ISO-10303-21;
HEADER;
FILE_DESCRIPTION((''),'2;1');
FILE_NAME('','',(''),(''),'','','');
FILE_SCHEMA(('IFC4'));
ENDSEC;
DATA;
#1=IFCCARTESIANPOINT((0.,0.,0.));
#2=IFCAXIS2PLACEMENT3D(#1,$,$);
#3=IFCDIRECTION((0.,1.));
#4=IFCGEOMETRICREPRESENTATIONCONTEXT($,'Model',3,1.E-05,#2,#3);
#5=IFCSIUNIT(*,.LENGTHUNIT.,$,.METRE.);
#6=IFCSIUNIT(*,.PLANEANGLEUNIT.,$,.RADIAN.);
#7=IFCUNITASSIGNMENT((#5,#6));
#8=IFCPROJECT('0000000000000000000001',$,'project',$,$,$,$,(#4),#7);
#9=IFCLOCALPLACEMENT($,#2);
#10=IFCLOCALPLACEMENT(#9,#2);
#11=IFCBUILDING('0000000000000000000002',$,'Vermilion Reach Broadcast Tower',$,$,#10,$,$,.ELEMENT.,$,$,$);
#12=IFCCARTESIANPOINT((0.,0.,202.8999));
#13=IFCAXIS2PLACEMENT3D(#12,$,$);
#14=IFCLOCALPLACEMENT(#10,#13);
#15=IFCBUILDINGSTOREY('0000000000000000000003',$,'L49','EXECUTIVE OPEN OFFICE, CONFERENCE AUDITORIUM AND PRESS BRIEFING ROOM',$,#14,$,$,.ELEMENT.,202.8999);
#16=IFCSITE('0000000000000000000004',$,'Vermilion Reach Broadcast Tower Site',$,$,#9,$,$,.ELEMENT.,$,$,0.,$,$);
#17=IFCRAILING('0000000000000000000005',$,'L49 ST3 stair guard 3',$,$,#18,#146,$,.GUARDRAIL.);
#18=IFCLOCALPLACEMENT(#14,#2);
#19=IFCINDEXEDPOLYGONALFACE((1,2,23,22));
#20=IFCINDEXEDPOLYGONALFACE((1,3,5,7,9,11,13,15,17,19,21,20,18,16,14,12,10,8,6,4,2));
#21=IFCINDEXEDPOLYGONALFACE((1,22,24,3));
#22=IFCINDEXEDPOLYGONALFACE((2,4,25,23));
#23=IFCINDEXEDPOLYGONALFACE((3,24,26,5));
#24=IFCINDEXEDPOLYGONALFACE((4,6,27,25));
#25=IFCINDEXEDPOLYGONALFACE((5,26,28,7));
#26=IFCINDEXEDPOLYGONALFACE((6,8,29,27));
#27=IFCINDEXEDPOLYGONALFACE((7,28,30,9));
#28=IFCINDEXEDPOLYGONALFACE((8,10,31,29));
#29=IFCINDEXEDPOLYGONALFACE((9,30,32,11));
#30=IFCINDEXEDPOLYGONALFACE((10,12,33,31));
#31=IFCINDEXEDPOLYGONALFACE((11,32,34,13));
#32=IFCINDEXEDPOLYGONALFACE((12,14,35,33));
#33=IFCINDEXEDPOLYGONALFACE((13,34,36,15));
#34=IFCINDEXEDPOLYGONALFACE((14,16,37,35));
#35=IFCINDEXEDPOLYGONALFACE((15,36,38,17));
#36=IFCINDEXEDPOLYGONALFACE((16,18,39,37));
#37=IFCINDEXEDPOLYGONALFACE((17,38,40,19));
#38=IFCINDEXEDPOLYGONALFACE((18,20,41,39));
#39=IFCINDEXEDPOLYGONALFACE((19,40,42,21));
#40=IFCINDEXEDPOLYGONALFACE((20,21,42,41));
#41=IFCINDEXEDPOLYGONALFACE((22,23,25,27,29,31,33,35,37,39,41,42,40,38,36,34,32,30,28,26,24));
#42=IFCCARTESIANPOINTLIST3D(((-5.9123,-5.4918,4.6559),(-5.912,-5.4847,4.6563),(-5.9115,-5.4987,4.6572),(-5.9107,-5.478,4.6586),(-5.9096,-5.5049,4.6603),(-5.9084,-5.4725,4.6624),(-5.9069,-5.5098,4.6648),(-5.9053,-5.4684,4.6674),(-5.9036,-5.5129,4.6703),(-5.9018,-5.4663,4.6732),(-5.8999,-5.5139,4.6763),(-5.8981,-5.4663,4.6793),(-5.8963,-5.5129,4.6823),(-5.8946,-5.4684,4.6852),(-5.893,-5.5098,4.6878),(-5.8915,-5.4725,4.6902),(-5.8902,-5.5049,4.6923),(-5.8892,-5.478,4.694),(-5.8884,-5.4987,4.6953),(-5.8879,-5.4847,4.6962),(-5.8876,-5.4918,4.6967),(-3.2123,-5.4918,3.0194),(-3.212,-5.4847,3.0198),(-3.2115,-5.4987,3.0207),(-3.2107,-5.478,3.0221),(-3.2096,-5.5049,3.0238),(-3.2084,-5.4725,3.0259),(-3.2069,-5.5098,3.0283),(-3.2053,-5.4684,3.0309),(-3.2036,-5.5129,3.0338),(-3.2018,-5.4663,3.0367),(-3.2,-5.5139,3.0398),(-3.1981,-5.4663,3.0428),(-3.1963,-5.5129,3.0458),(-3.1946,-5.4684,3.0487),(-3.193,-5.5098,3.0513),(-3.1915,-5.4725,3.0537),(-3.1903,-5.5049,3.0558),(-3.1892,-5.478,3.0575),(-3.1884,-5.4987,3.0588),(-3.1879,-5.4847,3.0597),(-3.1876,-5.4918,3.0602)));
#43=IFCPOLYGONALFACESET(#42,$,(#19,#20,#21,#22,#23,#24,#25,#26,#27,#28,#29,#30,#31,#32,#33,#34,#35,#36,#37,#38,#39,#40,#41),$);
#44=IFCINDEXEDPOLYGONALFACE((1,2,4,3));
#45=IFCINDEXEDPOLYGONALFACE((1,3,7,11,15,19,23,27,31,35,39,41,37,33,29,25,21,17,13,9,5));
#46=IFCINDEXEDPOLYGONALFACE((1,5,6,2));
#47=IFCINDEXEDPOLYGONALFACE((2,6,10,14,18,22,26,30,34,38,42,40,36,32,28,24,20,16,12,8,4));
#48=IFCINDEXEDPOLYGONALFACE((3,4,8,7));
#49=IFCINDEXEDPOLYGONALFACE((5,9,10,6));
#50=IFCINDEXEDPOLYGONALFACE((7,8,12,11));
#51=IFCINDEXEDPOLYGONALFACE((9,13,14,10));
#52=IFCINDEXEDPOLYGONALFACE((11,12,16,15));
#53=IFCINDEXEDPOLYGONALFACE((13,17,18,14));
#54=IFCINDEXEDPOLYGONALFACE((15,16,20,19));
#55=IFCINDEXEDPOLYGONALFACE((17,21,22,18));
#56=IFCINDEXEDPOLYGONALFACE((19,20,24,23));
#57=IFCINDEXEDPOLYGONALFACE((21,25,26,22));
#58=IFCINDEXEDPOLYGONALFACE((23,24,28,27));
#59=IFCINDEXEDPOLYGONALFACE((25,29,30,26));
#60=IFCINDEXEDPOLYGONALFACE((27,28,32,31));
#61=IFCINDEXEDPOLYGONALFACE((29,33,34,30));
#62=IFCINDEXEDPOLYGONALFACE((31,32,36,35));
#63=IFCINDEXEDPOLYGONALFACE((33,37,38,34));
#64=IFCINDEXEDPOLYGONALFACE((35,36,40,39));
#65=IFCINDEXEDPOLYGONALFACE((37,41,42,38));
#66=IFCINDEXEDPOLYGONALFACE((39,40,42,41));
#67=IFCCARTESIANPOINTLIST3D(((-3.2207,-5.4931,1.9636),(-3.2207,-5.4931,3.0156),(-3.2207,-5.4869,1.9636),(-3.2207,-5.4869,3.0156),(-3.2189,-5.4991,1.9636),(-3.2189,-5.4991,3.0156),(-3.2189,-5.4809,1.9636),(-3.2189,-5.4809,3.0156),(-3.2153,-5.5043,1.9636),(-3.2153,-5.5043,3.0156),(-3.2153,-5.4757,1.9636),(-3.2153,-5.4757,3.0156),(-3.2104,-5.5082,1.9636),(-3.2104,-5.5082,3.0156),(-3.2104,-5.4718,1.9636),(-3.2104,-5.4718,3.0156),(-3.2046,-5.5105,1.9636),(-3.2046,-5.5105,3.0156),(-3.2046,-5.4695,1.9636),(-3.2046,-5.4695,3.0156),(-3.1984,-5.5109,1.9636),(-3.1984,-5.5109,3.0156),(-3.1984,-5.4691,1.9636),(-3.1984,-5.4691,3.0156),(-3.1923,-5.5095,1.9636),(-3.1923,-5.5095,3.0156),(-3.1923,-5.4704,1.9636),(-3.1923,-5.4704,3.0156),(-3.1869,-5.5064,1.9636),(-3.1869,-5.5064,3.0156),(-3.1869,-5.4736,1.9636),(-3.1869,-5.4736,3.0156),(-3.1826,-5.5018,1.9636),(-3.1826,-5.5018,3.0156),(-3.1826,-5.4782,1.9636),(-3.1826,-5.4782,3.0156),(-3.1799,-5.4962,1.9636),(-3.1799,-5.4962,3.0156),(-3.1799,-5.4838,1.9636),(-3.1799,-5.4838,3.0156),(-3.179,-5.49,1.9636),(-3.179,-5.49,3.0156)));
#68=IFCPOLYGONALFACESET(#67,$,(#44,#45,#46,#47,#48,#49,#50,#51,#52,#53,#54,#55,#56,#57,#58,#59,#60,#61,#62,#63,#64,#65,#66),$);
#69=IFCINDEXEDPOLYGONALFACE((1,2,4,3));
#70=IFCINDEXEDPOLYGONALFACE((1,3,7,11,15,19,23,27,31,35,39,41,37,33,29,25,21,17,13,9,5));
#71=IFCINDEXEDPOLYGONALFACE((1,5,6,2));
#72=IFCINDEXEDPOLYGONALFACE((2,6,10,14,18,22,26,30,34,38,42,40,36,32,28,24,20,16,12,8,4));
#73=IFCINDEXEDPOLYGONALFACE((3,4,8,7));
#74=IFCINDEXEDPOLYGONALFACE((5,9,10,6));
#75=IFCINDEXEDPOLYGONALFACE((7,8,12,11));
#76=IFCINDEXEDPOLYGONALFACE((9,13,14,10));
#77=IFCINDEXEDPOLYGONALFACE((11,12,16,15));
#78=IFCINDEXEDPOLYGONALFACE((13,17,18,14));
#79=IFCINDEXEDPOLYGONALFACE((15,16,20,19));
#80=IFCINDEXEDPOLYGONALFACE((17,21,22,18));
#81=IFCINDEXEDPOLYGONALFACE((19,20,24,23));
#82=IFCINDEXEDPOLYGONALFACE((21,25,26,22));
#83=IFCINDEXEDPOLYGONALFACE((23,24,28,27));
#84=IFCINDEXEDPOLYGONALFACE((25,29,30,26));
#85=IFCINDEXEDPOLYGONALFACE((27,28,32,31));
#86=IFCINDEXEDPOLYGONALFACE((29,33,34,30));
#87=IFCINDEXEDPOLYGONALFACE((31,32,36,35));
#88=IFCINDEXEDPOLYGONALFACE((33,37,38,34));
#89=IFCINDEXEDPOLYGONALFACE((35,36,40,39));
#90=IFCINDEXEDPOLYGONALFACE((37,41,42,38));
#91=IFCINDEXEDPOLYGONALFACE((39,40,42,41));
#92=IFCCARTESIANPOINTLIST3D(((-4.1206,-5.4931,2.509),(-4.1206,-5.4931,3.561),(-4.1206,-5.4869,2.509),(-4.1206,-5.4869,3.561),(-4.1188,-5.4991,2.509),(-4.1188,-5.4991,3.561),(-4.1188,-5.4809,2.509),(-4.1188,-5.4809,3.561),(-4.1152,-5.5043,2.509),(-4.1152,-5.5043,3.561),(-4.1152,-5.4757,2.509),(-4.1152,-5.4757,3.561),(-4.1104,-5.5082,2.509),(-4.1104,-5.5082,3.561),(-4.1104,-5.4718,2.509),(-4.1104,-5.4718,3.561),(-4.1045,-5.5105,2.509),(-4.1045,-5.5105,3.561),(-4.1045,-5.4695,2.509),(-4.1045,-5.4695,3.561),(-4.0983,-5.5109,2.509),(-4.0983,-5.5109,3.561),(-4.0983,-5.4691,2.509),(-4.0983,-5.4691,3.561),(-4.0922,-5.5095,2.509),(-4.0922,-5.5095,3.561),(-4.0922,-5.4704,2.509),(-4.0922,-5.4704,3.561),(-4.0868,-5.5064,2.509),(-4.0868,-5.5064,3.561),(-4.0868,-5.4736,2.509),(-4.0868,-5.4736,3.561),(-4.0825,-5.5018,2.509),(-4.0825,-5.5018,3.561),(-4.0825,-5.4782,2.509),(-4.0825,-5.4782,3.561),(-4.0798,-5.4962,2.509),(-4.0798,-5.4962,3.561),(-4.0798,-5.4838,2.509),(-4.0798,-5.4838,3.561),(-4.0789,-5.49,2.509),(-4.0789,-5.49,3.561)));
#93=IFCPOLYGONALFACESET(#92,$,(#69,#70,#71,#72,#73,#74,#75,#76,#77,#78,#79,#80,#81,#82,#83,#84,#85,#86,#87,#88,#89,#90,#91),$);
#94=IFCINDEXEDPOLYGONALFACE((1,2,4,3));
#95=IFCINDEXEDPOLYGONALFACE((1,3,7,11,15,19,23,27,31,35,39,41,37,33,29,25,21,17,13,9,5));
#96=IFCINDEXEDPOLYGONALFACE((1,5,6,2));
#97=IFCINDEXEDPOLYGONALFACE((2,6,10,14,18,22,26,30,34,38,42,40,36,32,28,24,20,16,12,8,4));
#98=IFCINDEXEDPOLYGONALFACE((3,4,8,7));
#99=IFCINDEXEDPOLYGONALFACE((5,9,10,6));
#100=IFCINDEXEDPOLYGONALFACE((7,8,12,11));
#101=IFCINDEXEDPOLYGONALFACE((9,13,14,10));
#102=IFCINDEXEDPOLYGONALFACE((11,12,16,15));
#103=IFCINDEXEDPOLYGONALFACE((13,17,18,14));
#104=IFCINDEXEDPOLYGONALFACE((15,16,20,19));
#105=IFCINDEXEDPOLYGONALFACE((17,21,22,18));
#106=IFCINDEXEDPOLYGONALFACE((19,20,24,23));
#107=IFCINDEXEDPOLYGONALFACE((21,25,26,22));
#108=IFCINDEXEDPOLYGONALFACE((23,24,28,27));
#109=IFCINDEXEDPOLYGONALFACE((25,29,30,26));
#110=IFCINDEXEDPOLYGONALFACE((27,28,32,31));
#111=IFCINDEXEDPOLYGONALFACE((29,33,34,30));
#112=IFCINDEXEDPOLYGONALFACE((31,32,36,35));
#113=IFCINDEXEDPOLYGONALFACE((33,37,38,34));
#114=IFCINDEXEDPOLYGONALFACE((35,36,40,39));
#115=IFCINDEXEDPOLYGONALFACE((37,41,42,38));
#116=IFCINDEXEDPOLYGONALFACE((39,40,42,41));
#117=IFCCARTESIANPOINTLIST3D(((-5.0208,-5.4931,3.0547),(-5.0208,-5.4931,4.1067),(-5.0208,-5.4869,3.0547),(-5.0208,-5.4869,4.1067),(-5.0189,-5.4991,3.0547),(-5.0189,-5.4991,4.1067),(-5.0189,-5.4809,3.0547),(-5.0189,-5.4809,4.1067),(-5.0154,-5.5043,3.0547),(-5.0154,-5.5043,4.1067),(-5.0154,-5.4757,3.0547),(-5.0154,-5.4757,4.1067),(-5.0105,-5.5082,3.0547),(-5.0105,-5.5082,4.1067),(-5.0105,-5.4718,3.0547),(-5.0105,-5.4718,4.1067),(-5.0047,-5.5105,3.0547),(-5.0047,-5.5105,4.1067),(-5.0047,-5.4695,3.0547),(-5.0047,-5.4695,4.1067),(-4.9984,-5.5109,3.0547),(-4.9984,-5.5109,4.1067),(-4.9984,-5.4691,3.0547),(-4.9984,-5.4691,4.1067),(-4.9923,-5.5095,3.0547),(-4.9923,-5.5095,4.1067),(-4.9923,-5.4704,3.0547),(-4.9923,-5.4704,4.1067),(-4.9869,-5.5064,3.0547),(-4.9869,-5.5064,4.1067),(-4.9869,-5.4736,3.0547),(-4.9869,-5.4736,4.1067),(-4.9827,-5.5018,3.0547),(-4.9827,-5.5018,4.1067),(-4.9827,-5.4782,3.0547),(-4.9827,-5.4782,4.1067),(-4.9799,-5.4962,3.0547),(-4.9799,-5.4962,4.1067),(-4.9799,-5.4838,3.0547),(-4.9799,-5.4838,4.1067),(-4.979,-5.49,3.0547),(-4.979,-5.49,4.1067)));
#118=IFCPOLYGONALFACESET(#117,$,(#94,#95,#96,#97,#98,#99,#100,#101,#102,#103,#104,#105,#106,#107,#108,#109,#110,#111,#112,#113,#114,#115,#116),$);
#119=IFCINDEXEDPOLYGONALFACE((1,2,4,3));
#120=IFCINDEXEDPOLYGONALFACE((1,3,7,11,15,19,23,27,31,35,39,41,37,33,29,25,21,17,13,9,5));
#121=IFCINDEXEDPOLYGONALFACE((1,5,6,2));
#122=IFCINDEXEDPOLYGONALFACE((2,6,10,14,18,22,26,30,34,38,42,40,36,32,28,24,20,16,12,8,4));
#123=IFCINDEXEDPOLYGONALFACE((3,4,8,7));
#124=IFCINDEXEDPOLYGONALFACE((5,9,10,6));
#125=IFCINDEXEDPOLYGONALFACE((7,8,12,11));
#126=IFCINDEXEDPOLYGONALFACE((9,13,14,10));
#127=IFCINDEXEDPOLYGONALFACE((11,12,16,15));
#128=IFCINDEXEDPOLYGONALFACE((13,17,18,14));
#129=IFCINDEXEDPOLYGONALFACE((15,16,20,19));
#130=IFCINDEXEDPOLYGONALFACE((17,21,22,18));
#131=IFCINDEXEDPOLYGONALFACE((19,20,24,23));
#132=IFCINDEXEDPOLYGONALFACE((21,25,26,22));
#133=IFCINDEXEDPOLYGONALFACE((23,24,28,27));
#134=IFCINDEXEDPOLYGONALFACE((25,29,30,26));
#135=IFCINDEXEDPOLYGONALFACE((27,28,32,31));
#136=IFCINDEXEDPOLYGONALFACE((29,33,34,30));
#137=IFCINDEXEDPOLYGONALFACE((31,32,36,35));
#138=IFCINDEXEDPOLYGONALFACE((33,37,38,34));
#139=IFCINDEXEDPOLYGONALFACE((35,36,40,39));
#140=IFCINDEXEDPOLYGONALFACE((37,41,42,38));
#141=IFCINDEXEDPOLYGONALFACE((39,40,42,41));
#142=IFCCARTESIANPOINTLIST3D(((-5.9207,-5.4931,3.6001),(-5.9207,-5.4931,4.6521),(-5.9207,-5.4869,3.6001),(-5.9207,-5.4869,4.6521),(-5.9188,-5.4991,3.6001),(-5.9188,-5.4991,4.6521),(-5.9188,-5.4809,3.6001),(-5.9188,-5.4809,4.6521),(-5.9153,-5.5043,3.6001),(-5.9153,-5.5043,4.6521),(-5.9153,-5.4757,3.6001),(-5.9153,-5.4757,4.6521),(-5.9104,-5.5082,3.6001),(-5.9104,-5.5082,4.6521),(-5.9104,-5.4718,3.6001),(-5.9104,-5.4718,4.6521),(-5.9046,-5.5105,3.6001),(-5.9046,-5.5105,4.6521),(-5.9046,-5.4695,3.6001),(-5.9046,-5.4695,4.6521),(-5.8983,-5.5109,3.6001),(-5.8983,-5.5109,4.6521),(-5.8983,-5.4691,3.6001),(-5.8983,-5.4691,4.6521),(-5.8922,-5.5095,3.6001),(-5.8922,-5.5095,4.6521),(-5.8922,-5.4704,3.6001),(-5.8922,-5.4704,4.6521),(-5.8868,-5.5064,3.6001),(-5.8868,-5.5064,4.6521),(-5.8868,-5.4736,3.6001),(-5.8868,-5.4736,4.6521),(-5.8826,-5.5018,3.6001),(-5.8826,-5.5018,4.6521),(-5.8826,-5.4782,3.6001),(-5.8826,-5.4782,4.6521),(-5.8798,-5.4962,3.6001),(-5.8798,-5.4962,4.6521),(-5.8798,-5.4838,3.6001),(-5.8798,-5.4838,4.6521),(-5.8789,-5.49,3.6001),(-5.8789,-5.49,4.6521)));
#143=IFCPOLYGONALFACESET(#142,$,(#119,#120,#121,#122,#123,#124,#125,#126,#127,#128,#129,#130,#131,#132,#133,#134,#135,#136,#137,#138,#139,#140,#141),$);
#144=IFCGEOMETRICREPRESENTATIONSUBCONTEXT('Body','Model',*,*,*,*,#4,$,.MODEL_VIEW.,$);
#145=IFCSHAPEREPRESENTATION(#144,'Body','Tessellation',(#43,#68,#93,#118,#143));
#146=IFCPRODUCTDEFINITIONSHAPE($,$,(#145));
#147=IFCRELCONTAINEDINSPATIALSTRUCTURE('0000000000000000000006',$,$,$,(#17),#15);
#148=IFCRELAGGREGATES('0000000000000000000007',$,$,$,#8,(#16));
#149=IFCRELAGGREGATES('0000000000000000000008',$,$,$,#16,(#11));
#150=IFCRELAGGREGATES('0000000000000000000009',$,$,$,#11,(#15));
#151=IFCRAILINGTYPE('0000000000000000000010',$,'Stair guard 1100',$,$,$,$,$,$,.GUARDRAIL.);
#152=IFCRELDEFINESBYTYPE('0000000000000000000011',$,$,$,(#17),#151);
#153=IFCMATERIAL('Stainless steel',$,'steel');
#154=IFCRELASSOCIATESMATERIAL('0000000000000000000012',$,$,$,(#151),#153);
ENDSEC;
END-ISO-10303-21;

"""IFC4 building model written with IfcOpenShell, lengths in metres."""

from ifc_helpers import new_model, si_unit, direction, frame, origin, origin_2d, place, context, subcontext, project, spatial, circle, extrude, material, type_object, element, save


model = new_model("IFC4")

# Units and contexts
model_context = context("Model", 3, precision=1e-05, world=origin(), true_north=direction((0.0, 1.0)))
body_context = subcontext(model_context, "Body", "Model", "MODEL_VIEW")
ifc_project = project(units=[si_unit("LENGTHUNIT", "METRE"), si_unit("PLANEANGLEUNIT", "RADIAN")], contexts=[model_context])

# Site, building, storey
site_placement = place(None, origin())
site = spatial("IfcSite", under=ifc_project, at=site_placement, Name="Vermilion Reach Broadcast Tower Site", CompositionType="ELEMENT", RefElevation=0.0)
building_placement = place(site_placement, origin())
building = spatial("IfcBuilding", under=site, at=building_placement, Name="Vermilion Reach Broadcast Tower", CompositionType="ELEMENT")
storey_placement = place(building_placement, frame((0.0, 0.0, 202.8999)))
storey = spatial("IfcBuildingStorey", under=building, at=storey_placement, Name="L49", Description="EXECUTIVE OPEN OFFICE, CONFERENCE AUDITORIUM AND PRESS BRIEFING ROOM", CompositionType="ELEMENT", Elevation=202.8999)

# Railing
ifc_material_1 = material(Name="Stainless steel", Category="steel")
railing_type_1 = type_object("IfcRailingType", Name="Stair guard 1100", PredefinedType="GUARDRAIL", material=ifc_material_1)
railing_1_placement = place(storey_placement, frame((-3.2, -5.49, 1.9636)))
element("IfcRailing", 1, at=railing_1_placement, inside=storey, type_object=railing_type_1, Name="L49 ST3 stair guard 3", PredefinedType="GUARDRAIL", context=body_context, shape_type="SweptSolid", body=[
    extrude(circle(Radius=0.0239, at=origin_2d()), frame((0.0, 0.0, 1.0762), z_axis=(-0.855178, 0.0, 0.518334), x_axis=(0.0, -1.0, 0.0)), (0.0, 0.0, 1.0), 3.1572),
    extrude(circle(Radius=0.021, at=origin_2d()), origin(), (0.0, 0.0, 1.0), 1.052),
    extrude(circle(Radius=0.021, at=origin_2d()), frame((-0.8999, 0.0, 0.5454)), (0.0, 0.0, 1.0), 1.052),
    extrude(circle(Radius=0.021, at=origin_2d()), frame((-1.8, 0.0, 1.0911)), (0.0, 0.0, 1.0), 1.052),
    extrude(circle(Radius=0.021, at=origin_2d()), frame((-2.7, 0.0, 1.6365)), (0.0, 0.0, 1.0), 1.052),
])

save(model, "model.ifc")
